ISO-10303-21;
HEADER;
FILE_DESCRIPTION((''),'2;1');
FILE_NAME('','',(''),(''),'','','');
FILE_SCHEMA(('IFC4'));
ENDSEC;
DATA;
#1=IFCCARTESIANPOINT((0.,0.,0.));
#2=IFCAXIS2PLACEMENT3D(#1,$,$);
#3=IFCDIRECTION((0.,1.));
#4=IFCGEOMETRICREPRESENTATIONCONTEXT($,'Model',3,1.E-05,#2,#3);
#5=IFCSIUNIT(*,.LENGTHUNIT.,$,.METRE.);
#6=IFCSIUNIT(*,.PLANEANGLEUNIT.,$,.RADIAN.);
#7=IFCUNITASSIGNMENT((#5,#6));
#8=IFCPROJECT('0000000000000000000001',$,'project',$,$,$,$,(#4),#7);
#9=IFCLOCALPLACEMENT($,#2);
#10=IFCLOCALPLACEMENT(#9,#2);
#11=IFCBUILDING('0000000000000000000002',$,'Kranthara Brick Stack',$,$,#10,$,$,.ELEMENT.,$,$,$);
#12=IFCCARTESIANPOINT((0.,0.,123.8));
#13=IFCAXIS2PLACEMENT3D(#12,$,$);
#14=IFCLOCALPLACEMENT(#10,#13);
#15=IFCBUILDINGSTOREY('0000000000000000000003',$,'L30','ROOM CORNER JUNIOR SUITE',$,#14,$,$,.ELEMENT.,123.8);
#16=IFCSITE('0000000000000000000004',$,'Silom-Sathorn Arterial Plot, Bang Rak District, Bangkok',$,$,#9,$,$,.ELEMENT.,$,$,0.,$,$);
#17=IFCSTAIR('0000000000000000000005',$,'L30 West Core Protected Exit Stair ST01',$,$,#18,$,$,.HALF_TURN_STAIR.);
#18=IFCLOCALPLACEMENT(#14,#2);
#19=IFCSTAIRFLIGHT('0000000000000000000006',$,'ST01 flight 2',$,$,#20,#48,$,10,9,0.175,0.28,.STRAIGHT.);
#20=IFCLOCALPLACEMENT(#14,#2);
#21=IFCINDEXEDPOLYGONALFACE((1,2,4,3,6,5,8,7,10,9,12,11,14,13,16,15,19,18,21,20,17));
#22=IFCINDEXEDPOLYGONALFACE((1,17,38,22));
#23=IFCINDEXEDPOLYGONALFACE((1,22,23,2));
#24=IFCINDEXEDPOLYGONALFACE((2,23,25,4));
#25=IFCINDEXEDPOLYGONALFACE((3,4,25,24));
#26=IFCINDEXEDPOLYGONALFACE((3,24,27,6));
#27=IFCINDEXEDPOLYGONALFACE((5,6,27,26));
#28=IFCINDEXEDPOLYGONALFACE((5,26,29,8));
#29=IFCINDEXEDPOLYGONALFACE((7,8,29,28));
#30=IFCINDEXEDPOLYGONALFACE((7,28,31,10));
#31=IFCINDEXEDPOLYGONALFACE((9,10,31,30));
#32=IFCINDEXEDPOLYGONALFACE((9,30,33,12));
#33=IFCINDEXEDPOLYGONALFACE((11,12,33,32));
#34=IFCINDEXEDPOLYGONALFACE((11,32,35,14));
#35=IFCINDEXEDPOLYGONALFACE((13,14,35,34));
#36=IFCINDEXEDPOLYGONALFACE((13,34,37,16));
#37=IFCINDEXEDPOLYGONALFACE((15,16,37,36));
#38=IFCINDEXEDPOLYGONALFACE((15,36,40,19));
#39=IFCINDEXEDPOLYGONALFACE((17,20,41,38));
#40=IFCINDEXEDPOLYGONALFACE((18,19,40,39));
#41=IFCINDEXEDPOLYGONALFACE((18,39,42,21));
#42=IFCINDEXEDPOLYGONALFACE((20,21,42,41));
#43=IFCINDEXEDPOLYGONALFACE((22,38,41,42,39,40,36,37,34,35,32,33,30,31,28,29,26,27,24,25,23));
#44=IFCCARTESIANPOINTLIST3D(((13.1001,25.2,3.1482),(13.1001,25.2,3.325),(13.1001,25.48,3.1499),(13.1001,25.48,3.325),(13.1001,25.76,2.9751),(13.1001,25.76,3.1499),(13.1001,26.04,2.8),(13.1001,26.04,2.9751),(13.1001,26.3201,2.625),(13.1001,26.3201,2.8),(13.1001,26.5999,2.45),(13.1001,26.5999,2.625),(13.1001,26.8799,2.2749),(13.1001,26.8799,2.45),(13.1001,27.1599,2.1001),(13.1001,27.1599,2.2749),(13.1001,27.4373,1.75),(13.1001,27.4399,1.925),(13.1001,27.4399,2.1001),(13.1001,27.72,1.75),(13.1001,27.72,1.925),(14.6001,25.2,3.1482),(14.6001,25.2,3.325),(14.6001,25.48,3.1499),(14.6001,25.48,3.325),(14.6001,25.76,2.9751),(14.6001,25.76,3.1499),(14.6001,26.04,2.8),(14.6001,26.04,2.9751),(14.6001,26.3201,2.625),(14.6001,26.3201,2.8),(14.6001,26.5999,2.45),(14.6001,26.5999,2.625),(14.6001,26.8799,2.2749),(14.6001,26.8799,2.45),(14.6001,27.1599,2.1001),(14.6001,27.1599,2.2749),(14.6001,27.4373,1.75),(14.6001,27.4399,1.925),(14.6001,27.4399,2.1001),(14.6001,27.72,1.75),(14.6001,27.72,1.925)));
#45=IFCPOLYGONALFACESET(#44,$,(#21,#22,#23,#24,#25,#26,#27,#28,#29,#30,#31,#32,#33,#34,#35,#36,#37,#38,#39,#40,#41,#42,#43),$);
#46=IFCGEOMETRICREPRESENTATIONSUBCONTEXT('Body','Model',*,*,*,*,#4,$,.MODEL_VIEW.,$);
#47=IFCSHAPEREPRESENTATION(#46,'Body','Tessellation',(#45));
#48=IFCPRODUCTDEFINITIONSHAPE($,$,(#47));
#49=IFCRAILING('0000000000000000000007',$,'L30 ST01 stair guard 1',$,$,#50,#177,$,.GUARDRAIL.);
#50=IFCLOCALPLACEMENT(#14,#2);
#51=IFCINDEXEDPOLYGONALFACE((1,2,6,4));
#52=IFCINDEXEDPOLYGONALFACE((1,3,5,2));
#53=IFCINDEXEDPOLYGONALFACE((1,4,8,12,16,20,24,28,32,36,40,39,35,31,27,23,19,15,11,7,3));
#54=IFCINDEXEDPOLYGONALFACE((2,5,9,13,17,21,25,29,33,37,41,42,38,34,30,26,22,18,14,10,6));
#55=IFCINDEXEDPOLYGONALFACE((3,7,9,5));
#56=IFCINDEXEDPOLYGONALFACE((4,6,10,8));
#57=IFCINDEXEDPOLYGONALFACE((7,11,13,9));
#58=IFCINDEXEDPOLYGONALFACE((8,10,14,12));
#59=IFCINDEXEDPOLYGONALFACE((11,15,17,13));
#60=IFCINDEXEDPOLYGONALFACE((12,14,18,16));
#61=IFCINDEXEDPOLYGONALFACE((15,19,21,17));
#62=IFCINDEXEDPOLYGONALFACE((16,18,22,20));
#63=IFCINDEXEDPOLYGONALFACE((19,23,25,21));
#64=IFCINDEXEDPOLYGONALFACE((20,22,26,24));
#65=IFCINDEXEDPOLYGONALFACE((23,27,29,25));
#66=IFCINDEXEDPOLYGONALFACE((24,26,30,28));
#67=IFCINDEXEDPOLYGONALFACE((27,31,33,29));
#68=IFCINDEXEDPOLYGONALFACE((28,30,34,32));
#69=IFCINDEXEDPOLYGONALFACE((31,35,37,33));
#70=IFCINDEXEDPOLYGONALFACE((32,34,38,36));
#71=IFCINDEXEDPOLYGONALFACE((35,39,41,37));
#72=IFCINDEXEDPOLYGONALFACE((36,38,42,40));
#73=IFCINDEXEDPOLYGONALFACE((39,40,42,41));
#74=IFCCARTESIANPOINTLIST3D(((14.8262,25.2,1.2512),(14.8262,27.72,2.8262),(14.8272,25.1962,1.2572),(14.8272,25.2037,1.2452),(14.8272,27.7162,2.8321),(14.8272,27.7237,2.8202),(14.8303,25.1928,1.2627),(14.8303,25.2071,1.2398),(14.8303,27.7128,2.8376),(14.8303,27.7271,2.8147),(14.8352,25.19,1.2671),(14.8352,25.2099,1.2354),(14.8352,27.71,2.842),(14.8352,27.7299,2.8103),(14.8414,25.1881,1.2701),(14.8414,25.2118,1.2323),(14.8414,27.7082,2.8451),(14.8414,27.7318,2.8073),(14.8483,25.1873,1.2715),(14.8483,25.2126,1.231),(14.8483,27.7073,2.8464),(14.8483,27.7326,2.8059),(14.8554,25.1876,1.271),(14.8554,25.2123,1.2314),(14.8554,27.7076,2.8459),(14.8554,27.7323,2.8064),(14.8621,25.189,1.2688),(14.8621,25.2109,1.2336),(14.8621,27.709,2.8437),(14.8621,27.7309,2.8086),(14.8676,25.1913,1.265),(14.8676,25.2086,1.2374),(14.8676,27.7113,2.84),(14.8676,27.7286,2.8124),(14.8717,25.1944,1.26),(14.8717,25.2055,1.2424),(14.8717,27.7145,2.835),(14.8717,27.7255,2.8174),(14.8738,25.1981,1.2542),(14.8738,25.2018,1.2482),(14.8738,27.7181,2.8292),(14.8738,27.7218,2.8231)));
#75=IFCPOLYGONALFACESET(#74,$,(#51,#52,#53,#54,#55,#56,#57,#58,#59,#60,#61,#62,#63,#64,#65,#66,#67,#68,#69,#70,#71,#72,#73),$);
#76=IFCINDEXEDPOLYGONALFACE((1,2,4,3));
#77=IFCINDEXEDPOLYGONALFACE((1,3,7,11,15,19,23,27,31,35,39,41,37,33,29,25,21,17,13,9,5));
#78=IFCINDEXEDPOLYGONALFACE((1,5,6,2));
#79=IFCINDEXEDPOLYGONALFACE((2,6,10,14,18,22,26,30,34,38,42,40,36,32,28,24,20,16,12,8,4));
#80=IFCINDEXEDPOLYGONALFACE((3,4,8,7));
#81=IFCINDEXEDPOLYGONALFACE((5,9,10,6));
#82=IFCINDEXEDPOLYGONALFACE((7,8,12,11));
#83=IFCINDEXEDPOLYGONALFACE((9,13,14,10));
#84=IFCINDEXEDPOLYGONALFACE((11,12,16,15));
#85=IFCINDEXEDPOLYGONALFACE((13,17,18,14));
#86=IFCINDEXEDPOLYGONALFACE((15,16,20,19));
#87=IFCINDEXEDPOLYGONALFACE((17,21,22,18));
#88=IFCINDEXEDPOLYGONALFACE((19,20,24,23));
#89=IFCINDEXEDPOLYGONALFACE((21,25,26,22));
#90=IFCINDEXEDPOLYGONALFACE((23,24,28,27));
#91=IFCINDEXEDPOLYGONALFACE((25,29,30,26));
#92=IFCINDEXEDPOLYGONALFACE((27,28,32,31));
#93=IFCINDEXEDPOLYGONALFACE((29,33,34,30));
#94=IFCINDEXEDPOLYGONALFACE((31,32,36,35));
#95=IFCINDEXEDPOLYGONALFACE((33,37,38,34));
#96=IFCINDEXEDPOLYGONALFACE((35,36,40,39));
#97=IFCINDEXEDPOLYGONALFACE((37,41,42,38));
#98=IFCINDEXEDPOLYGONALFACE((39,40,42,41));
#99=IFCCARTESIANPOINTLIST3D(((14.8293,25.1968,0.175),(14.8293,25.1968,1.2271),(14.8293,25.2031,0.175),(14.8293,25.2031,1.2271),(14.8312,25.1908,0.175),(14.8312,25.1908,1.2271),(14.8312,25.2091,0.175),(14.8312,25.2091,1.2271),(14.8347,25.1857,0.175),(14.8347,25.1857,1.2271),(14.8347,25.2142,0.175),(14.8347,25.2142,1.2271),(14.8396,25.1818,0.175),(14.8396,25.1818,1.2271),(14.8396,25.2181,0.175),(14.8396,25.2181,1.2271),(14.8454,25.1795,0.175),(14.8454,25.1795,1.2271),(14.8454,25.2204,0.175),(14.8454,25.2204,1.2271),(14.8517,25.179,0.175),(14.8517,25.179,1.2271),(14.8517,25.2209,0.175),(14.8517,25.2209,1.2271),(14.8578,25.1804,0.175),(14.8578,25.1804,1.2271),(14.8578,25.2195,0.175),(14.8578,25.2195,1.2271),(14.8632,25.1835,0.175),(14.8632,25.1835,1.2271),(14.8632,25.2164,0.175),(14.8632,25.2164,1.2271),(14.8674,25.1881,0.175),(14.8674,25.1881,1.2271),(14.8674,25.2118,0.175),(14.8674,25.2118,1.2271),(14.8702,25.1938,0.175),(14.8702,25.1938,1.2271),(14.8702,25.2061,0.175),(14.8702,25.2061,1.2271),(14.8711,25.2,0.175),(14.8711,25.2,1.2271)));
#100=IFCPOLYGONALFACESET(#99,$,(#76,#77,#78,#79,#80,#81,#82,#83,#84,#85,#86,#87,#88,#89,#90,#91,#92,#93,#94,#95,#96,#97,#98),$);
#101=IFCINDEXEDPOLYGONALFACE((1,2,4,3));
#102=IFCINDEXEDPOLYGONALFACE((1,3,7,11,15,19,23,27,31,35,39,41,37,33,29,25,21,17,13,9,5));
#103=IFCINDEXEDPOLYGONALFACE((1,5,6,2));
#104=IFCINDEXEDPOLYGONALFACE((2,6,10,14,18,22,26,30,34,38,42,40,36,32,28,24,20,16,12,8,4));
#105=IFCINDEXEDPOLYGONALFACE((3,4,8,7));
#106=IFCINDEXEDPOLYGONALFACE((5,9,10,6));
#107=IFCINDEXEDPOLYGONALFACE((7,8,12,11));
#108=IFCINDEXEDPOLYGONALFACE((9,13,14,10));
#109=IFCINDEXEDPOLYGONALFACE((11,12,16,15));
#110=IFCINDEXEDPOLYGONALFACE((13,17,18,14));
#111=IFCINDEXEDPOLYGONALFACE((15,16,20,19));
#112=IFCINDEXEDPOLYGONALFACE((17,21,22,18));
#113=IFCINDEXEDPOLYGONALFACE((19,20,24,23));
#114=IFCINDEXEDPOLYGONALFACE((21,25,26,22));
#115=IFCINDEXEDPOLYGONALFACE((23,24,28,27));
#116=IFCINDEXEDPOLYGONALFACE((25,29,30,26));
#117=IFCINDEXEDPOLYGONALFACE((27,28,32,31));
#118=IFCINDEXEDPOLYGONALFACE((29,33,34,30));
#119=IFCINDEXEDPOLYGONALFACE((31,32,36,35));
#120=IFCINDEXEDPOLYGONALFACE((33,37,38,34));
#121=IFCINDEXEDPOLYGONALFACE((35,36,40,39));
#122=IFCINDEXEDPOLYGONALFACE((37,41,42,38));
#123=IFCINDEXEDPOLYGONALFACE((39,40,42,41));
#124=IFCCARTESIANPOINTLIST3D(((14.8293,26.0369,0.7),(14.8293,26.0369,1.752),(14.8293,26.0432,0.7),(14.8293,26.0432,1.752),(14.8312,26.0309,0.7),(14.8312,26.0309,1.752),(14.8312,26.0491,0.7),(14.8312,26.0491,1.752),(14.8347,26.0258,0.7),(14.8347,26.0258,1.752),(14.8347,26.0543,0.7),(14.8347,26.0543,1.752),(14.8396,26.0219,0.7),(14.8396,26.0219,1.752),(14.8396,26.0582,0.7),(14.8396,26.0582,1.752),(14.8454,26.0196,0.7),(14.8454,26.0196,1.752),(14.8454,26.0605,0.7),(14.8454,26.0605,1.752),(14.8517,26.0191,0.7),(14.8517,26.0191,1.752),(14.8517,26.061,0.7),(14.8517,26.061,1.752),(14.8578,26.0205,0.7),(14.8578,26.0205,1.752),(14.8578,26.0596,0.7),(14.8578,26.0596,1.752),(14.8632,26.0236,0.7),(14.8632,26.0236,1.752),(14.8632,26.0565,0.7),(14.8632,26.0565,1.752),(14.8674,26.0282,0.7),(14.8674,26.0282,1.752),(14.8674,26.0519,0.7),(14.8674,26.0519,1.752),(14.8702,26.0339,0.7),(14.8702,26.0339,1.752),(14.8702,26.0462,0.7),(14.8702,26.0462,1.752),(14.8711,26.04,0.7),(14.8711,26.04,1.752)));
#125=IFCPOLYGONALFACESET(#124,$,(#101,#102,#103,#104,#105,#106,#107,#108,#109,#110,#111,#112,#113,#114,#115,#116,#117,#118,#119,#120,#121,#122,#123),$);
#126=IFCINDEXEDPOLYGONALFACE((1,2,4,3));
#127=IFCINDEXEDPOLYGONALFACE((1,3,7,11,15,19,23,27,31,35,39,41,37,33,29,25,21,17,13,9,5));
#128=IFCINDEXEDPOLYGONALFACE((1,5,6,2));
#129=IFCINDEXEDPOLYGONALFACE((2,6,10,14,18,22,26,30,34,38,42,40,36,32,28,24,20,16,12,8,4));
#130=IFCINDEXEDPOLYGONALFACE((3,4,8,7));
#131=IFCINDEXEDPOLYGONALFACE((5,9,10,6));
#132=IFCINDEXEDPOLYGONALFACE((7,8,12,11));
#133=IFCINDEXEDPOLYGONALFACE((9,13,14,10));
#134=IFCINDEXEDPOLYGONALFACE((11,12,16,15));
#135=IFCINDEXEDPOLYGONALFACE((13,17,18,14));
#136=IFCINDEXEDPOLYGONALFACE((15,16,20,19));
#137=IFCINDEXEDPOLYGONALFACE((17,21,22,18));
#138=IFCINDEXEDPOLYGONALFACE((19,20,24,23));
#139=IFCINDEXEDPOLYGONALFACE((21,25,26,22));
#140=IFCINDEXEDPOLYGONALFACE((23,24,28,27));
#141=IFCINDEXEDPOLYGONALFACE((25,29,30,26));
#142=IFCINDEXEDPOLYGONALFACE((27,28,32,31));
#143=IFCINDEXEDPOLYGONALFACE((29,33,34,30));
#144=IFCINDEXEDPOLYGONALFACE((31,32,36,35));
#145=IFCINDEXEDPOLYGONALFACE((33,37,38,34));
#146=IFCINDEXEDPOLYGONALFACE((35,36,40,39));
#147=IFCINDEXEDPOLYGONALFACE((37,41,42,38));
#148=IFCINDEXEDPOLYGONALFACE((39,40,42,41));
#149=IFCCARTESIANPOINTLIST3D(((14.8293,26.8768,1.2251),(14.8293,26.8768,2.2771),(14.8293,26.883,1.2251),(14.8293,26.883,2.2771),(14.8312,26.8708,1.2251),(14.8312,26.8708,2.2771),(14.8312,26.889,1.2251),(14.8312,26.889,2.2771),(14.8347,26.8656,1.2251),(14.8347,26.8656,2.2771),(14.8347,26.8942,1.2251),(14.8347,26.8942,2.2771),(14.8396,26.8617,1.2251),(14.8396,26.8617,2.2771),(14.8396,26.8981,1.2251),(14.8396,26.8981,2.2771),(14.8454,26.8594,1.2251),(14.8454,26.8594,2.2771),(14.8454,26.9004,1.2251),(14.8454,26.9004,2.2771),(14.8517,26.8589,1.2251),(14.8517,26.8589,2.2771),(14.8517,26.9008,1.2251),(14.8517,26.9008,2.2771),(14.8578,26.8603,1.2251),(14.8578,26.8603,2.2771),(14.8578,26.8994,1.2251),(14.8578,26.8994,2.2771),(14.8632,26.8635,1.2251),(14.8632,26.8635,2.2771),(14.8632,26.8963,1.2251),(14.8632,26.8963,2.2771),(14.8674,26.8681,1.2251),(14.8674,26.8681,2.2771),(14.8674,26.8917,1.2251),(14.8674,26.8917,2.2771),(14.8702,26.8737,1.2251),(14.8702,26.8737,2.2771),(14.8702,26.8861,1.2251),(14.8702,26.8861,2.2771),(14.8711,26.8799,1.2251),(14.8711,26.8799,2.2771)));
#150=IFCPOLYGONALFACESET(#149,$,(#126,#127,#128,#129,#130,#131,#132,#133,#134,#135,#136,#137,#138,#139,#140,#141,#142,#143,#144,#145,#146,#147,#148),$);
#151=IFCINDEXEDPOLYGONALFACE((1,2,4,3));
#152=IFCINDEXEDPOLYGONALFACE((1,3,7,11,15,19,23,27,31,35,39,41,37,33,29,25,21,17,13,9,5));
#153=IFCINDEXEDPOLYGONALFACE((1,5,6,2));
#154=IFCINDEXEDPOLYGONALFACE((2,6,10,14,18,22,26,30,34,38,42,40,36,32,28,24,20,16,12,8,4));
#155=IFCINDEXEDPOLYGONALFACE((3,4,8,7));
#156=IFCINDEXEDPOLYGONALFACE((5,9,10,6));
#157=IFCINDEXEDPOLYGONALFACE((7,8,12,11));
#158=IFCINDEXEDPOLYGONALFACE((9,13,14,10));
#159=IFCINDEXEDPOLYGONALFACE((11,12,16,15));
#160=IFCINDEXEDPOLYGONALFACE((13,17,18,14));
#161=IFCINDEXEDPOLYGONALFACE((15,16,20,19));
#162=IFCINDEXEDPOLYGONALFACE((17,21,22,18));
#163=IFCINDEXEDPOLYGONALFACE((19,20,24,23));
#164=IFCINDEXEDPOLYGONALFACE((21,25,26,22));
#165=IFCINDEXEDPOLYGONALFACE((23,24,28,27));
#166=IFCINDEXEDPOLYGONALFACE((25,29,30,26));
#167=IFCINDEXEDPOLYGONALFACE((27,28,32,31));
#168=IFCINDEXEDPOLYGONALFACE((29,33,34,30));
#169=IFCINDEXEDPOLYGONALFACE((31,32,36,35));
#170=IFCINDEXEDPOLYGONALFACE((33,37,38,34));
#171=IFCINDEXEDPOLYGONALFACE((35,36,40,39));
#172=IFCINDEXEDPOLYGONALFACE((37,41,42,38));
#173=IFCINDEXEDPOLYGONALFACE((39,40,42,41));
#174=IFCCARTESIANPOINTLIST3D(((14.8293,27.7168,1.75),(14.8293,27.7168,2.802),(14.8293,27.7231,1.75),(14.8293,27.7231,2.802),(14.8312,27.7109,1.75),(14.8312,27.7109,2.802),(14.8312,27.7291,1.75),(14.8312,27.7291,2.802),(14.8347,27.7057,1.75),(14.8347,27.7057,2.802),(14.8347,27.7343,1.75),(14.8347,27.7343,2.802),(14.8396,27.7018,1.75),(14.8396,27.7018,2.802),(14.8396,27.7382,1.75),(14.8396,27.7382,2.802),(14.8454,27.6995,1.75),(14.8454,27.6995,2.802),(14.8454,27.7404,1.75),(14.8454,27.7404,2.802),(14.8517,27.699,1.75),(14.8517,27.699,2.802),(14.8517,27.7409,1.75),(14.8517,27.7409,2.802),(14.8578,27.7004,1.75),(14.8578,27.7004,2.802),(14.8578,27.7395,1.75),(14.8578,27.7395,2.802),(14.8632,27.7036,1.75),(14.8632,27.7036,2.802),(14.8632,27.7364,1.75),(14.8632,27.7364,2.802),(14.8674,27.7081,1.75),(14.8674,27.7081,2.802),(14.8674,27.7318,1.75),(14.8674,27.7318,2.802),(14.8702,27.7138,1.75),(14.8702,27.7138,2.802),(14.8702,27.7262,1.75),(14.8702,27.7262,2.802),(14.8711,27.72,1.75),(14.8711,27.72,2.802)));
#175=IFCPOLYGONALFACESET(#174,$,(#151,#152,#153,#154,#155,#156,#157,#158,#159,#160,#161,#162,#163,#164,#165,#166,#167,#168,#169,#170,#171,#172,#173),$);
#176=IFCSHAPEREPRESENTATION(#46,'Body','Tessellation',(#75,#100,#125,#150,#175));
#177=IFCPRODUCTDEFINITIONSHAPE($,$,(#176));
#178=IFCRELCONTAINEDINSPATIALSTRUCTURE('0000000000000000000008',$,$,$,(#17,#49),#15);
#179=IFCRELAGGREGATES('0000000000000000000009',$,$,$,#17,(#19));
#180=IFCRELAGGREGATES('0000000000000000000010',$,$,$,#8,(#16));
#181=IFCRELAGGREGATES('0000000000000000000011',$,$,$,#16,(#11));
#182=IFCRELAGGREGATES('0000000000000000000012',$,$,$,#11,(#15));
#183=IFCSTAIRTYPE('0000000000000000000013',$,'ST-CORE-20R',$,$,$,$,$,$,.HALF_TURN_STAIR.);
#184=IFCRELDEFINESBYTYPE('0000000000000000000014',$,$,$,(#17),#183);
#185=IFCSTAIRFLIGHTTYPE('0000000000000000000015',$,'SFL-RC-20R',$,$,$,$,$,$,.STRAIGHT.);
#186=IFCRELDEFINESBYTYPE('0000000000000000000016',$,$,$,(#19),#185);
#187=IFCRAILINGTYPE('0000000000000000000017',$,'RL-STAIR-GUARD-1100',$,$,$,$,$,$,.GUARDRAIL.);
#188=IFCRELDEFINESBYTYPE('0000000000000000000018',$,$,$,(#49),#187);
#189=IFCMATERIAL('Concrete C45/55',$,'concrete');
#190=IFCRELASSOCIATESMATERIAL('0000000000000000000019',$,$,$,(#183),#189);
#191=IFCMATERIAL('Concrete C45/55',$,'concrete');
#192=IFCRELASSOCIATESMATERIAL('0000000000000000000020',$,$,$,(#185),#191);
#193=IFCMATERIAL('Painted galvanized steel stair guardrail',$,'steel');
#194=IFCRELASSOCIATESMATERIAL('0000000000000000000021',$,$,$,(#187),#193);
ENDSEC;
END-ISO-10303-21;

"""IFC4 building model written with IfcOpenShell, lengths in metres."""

from ifc_helpers import new_model, si_unit, direction, frame, origin, origin_2d, place, context, subcontext, project, spatial, polyline, circle, outline, extrude, material, type_object, element, aggregate, save


model = new_model("IFC4")

# Units and contexts
model_context = context("Model", 3, precision=1e-05, world=origin(), true_north=direction((0.0, 1.0)))
body_context = subcontext(model_context, "Body", "Model", "MODEL_VIEW")
ifc_project = project(units=[si_unit("LENGTHUNIT", "METRE"), si_unit("PLANEANGLEUNIT", "RADIAN")], contexts=[model_context])

# Site, building, storey
site_placement = place(None, origin())
site = spatial("IfcSite", under=ifc_project, at=site_placement, Name="Silom-Sathorn Arterial Plot, Bang Rak District, Bangkok", CompositionType="ELEMENT", RefElevation=0.0)
building_placement = place(site_placement, origin())
building = spatial("IfcBuilding", under=site, at=building_placement, Name="Kranthara Brick Stack", CompositionType="ELEMENT")
storey_placement = place(building_placement, frame((0.0, 0.0, 123.8)))
storey = spatial("IfcBuildingStorey", under=building, at=storey_placement, Name="L30", Description="ROOM CORNER JUNIOR SUITE", CompositionType="ELEMENT", Elevation=123.8)

# Stair, stair flight
ifc_material_1 = material(Name="Concrete C45/55", Category="concrete")
stair_type = type_object("IfcStairType", Name="ST-CORE-20R", PredefinedType="HALF_TURN_STAIR", material=ifc_material_1)
stair_placement = place(storey_placement, origin())
stair = element("IfcStair", 1, at=stair_placement, inside=storey, type_object=stair_type, Name="L30 West Core Protected Exit Stair ST01", PredefinedType="HALF_TURN_STAIR")
ifc_material_2 = material(Name="Concrete C45/55", Category="concrete")
stair_flight_type = type_object("IfcStairFlightType", Name="SFL-RC-20R", PredefinedType="STRAIGHT", material=ifc_material_2)
stair_flight_1_placement = place(storey_placement, frame((13.8501, 27.72, 1.75), z_axis=(0.0, 0.0, 1.0), x_axis=(0.0, -1.0, 0.0)))
stair_flight_1 = element("IfcStairFlight", 2, at=stair_flight_1_placement, type_object=stair_flight_type, Name="ST01 flight 2", NumberOfRisers=10, NumberOfTreads=9, PredefinedType="STRAIGHT", RiserHeight=0.175, TreadLength=0.28, context=body_context, shape_type="SweptSolid", body=[
    extrude(outline(polyline([(0.0, 0.0), (0.0, 0.175), (0.28, 0.175), (0.28, 0.3501), (0.5601, 0.3501), (0.5601, 0.5249), (0.8401, 0.5249), (0.8401, 0.7), (1.1201, 0.7), (1.1201, 0.875), (1.3999, 0.875), (1.3999, 1.05), (1.6799, 1.05), (1.6799, 1.2251), (1.96, 1.2251), (1.96, 1.3999), (2.24, 1.3999), (2.24, 1.575), (2.52, 1.575), (2.52, 1.75), (2.52, 1.3982), (0.2827, 0.0), (0.0, 0.0)])), frame((0.0, 0.75, 0.0), z_axis=(0.0, -1.0, 0.0), x_axis=(1.0, 0.0, 0.0)), (0.0, 0.0, 1.0), 1.5),
])
aggregate(stair, [stair_flight_1])

# Railing
ifc_material_3 = material(Name="Painted galvanized steel stair guardrail", Category="steel")
railing_type_1 = type_object("IfcRailingType", Name="RL-STAIR-GUARD-1100", PredefinedType="GUARDRAIL", material=ifc_material_3)
railing_1_placement = place(storey_placement, frame((14.8501, 25.2, 0.175)))
element("IfcRailing", 3, at=railing_1_placement, inside=storey, type_object=railing_type_1, Name="L30 ST01 stair guard 1", PredefinedType="GUARDRAIL", context=body_context, shape_type="SweptSolid", body=[
    extrude(circle(Radius=0.0239, at=origin_2d()), frame((0.0, 0.0, 1.0762), z_axis=(0.0, 0.848008, 0.529984), x_axis=(-1.0, 0.0, 0.0)), (0.0, 0.0, 1.0), 2.9717),
    extrude(circle(Radius=0.021, at=origin_2d()), origin(), (0.0, 0.0, 1.0), 1.052),
    extrude(circle(Radius=0.021, at=origin_2d()), frame((0.0, 0.8401, 0.5249)), (0.0, 0.0, 1.0), 1.052),
    extrude(circle(Radius=0.021, at=origin_2d()), frame((0.0, 1.6799, 1.05)), (0.0, 0.0, 1.0), 1.052),
    extrude(circle(Radius=0.021, at=origin_2d()), frame((0.0, 2.52, 1.575)), (0.0, 0.0, 1.0), 1.052),
])

save(model, "model.ifc")
